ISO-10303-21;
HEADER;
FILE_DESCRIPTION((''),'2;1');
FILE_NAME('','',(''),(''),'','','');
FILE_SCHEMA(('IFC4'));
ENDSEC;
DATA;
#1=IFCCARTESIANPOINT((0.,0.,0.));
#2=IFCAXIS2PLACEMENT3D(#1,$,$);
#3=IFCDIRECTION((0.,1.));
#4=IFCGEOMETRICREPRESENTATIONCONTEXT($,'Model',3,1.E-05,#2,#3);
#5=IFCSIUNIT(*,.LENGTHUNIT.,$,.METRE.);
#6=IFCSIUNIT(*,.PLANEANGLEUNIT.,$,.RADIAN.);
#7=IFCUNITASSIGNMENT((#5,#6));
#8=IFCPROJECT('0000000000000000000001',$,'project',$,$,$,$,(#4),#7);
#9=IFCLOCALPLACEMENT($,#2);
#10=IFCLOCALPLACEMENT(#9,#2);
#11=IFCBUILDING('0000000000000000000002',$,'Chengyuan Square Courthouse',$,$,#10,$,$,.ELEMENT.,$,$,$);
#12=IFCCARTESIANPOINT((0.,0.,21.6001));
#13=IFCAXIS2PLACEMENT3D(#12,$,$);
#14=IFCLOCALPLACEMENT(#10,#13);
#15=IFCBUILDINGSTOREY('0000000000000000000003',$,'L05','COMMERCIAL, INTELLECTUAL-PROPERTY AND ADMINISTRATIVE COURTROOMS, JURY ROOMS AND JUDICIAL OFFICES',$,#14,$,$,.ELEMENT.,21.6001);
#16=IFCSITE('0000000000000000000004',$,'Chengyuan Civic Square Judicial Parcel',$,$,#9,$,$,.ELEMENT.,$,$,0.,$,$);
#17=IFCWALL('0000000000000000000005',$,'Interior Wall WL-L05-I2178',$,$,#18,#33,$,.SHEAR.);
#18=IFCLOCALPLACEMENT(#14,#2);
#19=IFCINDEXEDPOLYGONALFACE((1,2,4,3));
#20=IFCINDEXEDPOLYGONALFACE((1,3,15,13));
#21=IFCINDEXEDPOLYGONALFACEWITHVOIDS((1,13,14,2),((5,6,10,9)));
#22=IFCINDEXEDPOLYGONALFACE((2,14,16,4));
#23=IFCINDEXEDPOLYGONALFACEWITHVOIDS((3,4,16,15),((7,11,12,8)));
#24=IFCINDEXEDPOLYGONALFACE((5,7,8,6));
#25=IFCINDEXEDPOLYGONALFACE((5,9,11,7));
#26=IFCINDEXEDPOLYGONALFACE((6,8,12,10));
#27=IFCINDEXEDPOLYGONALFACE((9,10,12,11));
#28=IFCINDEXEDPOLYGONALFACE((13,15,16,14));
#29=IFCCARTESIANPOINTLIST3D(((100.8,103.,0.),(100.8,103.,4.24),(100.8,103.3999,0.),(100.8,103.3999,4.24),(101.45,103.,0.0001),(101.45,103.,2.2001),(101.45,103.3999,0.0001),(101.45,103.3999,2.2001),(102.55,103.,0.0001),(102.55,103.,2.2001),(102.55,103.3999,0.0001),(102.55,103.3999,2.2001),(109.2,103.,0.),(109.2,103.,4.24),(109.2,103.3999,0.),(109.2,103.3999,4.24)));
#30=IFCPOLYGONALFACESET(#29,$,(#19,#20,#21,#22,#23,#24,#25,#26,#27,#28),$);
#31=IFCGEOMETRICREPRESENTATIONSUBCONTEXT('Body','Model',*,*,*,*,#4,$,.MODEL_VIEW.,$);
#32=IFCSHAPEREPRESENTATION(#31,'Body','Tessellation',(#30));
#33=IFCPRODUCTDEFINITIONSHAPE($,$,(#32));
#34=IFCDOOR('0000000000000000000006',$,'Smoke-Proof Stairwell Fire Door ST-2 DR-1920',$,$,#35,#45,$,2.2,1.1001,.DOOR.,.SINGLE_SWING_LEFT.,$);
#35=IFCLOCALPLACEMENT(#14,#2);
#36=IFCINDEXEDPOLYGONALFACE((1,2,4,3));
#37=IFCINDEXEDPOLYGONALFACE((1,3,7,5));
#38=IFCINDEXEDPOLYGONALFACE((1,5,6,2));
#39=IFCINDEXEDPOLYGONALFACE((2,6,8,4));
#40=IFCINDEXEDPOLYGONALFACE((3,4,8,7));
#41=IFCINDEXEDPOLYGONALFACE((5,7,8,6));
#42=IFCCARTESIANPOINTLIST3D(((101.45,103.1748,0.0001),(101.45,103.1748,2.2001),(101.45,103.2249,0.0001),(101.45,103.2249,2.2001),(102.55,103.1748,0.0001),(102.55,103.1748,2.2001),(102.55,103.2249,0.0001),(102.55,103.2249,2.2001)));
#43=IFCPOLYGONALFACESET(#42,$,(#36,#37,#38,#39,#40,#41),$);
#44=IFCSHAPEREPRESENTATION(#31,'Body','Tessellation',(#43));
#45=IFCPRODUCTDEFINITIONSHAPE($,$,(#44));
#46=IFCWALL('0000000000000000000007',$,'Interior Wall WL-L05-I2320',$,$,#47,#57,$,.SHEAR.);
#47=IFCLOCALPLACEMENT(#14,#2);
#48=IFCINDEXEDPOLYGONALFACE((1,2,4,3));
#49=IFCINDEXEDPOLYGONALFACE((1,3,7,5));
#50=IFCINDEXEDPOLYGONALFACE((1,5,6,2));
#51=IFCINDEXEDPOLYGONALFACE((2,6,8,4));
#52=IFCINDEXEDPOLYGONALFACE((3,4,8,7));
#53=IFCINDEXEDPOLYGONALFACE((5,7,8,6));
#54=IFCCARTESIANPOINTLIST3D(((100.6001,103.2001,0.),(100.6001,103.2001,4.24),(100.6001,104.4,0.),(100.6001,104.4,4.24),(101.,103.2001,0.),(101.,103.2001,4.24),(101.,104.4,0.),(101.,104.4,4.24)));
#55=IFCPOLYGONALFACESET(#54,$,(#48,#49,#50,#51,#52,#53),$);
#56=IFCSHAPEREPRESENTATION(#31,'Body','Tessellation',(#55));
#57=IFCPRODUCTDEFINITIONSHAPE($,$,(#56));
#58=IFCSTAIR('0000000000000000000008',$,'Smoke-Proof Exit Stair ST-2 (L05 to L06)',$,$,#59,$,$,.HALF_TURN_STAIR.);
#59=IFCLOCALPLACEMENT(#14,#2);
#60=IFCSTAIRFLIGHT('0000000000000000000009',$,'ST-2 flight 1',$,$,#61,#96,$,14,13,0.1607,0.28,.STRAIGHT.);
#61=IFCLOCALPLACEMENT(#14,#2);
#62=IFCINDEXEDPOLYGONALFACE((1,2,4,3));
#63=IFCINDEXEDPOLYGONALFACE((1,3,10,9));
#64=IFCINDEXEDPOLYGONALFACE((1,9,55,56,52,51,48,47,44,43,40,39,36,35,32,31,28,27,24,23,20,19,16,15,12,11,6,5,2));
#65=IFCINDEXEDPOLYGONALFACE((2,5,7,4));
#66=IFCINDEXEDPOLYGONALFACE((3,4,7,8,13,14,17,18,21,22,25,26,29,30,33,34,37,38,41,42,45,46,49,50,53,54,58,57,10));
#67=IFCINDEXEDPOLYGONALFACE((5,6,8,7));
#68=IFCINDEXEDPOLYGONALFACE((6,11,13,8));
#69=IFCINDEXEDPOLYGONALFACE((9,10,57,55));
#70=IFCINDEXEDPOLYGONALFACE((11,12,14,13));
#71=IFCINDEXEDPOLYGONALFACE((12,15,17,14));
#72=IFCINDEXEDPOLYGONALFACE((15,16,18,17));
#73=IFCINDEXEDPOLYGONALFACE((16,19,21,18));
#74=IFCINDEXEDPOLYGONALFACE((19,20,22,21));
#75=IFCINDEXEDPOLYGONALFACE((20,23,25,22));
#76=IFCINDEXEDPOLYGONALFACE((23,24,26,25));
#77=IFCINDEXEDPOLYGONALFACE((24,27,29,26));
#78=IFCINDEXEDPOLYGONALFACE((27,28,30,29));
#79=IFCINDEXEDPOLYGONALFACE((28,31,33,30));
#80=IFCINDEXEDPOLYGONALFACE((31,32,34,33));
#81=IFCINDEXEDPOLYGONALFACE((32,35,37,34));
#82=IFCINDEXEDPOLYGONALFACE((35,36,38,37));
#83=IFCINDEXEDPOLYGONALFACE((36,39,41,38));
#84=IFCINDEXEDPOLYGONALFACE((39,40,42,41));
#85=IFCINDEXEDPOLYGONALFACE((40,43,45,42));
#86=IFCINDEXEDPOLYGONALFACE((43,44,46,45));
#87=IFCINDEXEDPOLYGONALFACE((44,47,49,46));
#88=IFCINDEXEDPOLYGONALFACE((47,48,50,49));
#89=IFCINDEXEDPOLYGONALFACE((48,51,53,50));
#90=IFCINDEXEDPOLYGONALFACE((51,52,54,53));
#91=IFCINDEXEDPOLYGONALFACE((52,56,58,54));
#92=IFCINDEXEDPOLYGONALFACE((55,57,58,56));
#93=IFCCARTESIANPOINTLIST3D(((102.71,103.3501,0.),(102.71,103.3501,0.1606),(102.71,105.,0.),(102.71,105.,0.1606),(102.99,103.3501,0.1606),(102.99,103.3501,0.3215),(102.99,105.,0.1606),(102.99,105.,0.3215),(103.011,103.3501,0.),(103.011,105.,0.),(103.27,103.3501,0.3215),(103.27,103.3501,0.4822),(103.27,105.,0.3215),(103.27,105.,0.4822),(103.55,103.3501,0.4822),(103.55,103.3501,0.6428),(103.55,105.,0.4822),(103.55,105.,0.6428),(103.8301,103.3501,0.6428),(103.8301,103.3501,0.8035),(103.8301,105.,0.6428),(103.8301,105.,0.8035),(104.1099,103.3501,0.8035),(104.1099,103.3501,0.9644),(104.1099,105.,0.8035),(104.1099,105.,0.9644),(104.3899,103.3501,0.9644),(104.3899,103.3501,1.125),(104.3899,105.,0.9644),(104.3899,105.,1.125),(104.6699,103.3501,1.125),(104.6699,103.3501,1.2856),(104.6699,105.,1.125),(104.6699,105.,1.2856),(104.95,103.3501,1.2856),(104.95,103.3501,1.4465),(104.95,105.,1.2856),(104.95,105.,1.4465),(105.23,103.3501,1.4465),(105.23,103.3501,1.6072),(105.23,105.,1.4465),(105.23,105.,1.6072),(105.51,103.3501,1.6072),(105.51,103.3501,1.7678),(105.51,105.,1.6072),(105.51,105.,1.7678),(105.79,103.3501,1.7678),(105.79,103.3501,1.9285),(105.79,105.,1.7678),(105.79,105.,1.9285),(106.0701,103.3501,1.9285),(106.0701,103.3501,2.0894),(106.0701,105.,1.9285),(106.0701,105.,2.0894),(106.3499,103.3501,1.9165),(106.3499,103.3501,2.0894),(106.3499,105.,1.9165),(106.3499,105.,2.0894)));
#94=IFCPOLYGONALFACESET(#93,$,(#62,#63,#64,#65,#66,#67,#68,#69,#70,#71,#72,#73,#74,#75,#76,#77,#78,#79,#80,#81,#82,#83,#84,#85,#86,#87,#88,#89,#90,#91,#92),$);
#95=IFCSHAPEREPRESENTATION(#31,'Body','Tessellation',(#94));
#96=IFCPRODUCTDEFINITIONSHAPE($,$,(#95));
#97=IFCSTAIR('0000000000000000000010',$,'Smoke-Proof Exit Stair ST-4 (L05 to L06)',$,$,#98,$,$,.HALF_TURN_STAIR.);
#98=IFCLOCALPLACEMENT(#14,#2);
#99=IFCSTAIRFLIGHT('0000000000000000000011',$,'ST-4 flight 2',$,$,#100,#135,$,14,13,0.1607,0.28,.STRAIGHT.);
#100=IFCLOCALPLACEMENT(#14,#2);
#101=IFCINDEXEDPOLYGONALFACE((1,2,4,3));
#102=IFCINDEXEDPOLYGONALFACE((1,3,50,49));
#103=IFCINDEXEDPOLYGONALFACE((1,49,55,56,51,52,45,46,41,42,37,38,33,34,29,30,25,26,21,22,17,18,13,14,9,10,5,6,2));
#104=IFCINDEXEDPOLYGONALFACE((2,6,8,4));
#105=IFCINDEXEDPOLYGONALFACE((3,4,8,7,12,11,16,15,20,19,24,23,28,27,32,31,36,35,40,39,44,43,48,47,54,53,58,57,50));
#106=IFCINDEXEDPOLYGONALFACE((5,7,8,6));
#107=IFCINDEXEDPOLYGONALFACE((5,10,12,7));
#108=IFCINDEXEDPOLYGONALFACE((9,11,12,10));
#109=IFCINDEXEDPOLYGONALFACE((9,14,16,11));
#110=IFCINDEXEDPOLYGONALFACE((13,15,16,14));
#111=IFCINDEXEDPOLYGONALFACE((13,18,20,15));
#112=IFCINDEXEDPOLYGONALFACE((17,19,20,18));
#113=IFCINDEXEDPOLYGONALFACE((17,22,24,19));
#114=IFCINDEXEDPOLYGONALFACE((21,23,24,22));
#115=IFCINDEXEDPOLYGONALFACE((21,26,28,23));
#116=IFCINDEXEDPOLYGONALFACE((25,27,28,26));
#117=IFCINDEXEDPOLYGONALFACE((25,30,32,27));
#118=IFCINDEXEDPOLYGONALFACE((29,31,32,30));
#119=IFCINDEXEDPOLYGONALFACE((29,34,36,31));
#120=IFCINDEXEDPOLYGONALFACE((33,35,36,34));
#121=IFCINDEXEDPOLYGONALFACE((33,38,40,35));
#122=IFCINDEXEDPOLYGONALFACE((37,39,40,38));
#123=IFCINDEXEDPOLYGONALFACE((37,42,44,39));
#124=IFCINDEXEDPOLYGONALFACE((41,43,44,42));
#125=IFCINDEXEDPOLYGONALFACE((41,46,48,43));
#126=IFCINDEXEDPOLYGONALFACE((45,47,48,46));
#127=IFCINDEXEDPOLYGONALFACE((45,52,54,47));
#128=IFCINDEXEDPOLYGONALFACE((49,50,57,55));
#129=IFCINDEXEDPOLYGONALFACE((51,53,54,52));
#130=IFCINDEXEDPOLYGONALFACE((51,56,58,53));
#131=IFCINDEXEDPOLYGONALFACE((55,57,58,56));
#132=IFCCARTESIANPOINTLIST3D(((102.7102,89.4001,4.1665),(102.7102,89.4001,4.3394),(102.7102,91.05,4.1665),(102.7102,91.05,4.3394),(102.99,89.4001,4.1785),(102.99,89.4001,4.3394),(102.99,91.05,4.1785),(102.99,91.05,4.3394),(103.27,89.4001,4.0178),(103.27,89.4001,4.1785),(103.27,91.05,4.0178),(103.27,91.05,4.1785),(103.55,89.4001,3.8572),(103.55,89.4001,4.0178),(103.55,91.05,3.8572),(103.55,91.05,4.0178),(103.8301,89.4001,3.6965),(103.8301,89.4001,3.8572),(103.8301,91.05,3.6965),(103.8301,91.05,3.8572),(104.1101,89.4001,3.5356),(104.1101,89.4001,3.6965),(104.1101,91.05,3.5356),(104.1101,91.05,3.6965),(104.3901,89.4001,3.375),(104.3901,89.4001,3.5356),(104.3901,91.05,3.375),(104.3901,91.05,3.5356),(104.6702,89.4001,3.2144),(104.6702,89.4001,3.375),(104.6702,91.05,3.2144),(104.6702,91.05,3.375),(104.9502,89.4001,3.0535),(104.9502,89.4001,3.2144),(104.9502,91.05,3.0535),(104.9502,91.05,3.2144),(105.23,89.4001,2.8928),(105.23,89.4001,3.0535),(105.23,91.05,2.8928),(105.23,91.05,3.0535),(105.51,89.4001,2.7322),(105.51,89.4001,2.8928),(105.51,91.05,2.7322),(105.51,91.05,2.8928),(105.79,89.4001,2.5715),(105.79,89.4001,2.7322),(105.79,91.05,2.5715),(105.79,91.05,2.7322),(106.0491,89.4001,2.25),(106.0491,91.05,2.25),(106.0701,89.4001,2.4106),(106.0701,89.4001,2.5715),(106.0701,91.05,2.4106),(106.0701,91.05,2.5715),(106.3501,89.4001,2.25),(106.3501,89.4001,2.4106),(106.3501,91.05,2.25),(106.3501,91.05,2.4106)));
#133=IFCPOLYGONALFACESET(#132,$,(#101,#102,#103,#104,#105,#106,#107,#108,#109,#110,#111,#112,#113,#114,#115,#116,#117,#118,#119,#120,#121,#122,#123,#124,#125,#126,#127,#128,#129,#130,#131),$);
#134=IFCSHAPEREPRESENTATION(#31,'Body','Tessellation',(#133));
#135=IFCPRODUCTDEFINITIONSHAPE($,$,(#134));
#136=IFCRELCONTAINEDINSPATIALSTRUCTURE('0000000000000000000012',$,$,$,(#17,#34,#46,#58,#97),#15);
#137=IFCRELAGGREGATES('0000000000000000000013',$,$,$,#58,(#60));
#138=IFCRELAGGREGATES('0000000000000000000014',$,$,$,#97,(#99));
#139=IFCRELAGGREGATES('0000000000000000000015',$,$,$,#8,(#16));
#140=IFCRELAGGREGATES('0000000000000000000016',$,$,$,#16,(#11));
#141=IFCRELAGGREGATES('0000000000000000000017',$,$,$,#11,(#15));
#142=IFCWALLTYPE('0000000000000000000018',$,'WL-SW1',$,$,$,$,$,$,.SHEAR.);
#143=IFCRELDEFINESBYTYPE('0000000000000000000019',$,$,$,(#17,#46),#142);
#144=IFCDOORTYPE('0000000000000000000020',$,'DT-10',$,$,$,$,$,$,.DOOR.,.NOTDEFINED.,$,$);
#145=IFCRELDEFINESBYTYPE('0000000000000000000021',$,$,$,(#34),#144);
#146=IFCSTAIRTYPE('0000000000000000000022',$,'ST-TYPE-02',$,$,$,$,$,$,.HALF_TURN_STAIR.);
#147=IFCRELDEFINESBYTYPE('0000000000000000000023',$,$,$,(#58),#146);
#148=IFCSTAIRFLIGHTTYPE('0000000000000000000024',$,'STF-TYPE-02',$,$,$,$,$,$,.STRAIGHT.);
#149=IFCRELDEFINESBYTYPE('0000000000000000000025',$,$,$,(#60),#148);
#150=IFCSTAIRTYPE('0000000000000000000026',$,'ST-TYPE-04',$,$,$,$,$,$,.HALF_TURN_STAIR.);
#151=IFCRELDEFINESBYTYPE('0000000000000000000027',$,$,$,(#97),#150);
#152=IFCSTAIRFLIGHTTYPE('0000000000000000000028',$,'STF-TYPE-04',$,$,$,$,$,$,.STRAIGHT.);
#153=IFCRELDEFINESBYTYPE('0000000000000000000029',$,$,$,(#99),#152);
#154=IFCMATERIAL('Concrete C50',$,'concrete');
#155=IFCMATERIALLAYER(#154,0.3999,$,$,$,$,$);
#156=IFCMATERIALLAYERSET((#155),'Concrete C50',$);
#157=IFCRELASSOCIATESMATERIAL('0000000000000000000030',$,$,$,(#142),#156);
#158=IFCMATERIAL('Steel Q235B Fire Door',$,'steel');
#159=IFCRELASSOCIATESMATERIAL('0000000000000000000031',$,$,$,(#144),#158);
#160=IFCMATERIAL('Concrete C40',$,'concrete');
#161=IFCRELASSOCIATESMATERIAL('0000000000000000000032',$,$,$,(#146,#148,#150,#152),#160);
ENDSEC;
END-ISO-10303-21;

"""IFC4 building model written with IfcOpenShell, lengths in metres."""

from ifc_helpers import new_model, si_unit, direction, frame, frame_2d, origin, place, context, subcontext, project, spatial, polyline, rectangle, outline, extrude, material, layer, layer_set, type_object, element, fill, aggregate, save


model = new_model("IFC4")

# Units and contexts
model_context = context("Model", 3, precision=1e-05, world=origin(), true_north=direction((0.0, 1.0)))
body_context = subcontext(model_context, "Body", "Model", "MODEL_VIEW")
ifc_project = project(units=[si_unit("LENGTHUNIT", "METRE"), si_unit("PLANEANGLEUNIT", "RADIAN")], contexts=[model_context])

# Site, building, storey
site_placement = place(None, origin())
site = spatial("IfcSite", under=ifc_project, at=site_placement, Name="Chengyuan Civic Square Judicial Parcel", CompositionType="ELEMENT", RefElevation=0.0)
building_placement = place(site_placement, origin())
building = spatial("IfcBuilding", under=site, at=building_placement, Name="Chengyuan Square Courthouse", CompositionType="ELEMENT")
storey_placement = place(building_placement, frame((0.0, 0.0, 21.6001)))
storey = spatial("IfcBuildingStorey", under=building, at=storey_placement, Name="L05", Description="COMMERCIAL, INTELLECTUAL-PROPERTY AND ADMINISTRATIVE COURTROOMS, JURY ROOMS AND JUDICIAL OFFICES", CompositionType="ELEMENT", Elevation=21.6001)

# Shared definitions
ifc_material_1 = material(Name="Concrete C50", Category="concrete")

# Shared definitions
ifc_material_2 = material(Name="Concrete C40", Category="concrete")

# Shared definitions
ifc_material_3 = material(Name="Steel Q235B Fire Door", Category="steel")

# Wall, opening, door
ifc_layer_1 = layer(ifc_material_1, 0.3999)
ifc_layer_set_1 = layer_set([ifc_layer_1], Name="Concrete C50")
wall_type_1 = type_object("IfcWallType", Name="WL-SW1", PredefinedType="SHEAR", material=ifc_layer_set_1)
wall_1_placement = place(storey_placement, frame((100.8, 103.2, 0.0), z_axis=(0.0, 0.0, 1.0), x_axis=(1.0, 0.0, 0.0)))
wall_1 = element("IfcWall", 1, at=wall_1_placement, inside=storey, type_object=wall_type_1, Name="Interior Wall WL-L05-I2178", PredefinedType="SHEAR", context=body_context, shape_type="SweptSolid", body=[
    extrude(rectangle(XDim=8.3999, YDim=0.3999, at=frame_2d((4.2, 0.0))), origin(), (0.0, 0.0, 1.0), 4.24),
])
opening_1_placement = place(wall_1_placement, frame((0.6499, 0.0, 0.0)))
opening_1 = element("IfcOpeningElement", 2, at=opening_1_placement, cuts=wall_1, PredefinedType="OPENING", context=body_context, shape_type="SweptSolid", body=[
    extrude(rectangle(XDim=1.1001, YDim=2.2, at=frame_2d((0.55, 1.1001))), frame((0.0, 0.2119, 0.0), z_axis=(0.0, -1.0, 0.0), x_axis=(1.0, 0.0, 0.0)), (0.0, 0.0, 1.0), 0.4238),
])
door_type_1 = type_object("IfcDoorType", Name="DT-10", OperationType="NOTDEFINED", PredefinedType="DOOR", material=ifc_material_3)
door_1_placement = place(opening_1_placement, origin())
door_1 = element("IfcDoor", 3, at=door_1_placement, inside=storey, type_object=door_type_1, Name="Smoke-Proof Stairwell Fire Door ST-2 DR-1920", OperationType="SINGLE_SWING_LEFT", OverallHeight=2.2, OverallWidth=1.1001, PredefinedType="DOOR", context=body_context, shape_type="SweptSolid", body=[
    extrude(rectangle(XDim=1.1001, YDim=2.2, at=frame_2d((0.55, 1.1001))), frame((0.0, 0.0249, 0.0), z_axis=(0.0, -1.0, 0.0), x_axis=(1.0, 0.0, 0.0)), (0.0, 0.0, 1.0), 0.05),
])
fill(opening_1, door_1)

# Wall
wall_2_placement = place(storey_placement, frame((100.8, 103.2, 0.0), z_axis=(0.0, 0.0, 1.0), x_axis=(0.0, 1.0, 0.0)))
element("IfcWall", 4, at=wall_2_placement, inside=storey, type_object=wall_type_1, Name="Interior Wall WL-L05-I2320", PredefinedType="SHEAR", context=body_context, shape_type="SweptSolid", body=[
    extrude(rectangle(XDim=1.2, YDim=0.3999, at=frame_2d((0.6001, 0.0))), origin(), (0.0, 0.0, 1.0), 4.24),
])

# Stairs, stair flights
stair_type_1 = type_object("IfcStairType", Name="ST-TYPE-02", PredefinedType="HALF_TURN_STAIR", material=ifc_material_2)
stair_1_placement = place(storey_placement, origin())
stair_1 = element("IfcStair", 5, at=stair_1_placement, inside=storey, type_object=stair_type_1, Name="Smoke-Proof Exit Stair ST-2 (L05 to L06)", PredefinedType="HALF_TURN_STAIR")
stair_flight_type_1 = type_object("IfcStairFlightType", Name="STF-TYPE-02", PredefinedType="STRAIGHT", material=ifc_material_2)
stair_flight_1_placement = place(storey_placement, frame((102.71, 104.175, 0.0), z_axis=(0.0, 0.0, 1.0), x_axis=(1.0, 0.0, 0.0)))
stair_flight_1 = element("IfcStairFlight", 6, at=stair_flight_1_placement, type_object=stair_flight_type_1, Name="ST-2 flight 1", NumberOfRisers=14, NumberOfTreads=13, PredefinedType="STRAIGHT", RiserHeight=0.1607, TreadLength=0.28, context=body_context, shape_type="SweptSolid", body=[
    extrude(outline(polyline([(0.0, 0.0), (0.0, 0.1606), (0.28, 0.1606), (0.28, 0.3215), (0.5601, 0.3215), (0.5601, 0.4822), (0.8401, 0.4822), (0.8401, 0.6428), (1.1201, 0.6428), (1.1201, 0.8035), (1.3999, 0.8035), (1.3999, 0.9644), (1.6799, 0.9644), (1.6799, 1.125), (1.96, 1.125), (1.96, 1.2856), (2.24, 1.2856), (2.24, 1.4465), (2.52, 1.4465), (2.52, 1.6072), (2.8, 1.6072), (2.8, 1.7678), (3.0801, 1.7678), (3.0801, 1.9285), (3.3601, 1.9285), (3.3601, 2.0894), (3.6399, 2.0894), (3.6399, 2.25), (3.6399, 1.9165), (0.301, 0.0), (0.0, 0.0)])), frame((0.0, 0.825, 0.0), z_axis=(0.0, -1.0, 0.0), x_axis=(1.0, 0.0, 0.0)), (0.0, 0.0, 1.0), 1.6499),
])
aggregate(stair_1, [stair_flight_1])
stair_type_2 = type_object("IfcStairType", Name="ST-TYPE-04", PredefinedType="HALF_TURN_STAIR", material=ifc_material_2)
stair_2_placement = place(storey_placement, origin())
stair_2 = element("IfcStair", 7, at=stair_2_placement, inside=storey, type_object=stair_type_2, Name="Smoke-Proof Exit Stair ST-4 (L05 to L06)", PredefinedType="HALF_TURN_STAIR")
stair_flight_type_2 = type_object("IfcStairFlightType", Name="STF-TYPE-04", PredefinedType="STRAIGHT", material=ifc_material_2)
stair_flight_2_placement = place(storey_placement, frame((106.3501, 90.2251, 2.25), z_axis=(0.0, 0.0, 1.0), x_axis=(-1.0, 0.0, 0.0)))
stair_flight_2 = element("IfcStairFlight", 8, at=stair_flight_2_placement, type_object=stair_flight_type_2, Name="ST-4 flight 2", NumberOfRisers=14, NumberOfTreads=13, PredefinedType="STRAIGHT", RiserHeight=0.1607, TreadLength=0.28, context=body_context, shape_type="SweptSolid", body=[
    extrude(outline(polyline([(0.0, 0.0), (0.0, 0.1606), (0.28, 0.1606), (0.28, 0.3215), (0.5601, 0.3215), (0.5601, 0.4822), (0.8401, 0.4822), (0.8401, 0.6428), (1.1201, 0.6428), (1.1201, 0.8035), (1.3999, 0.8035), (1.3999, 0.9644), (1.6799, 0.9644), (1.6799, 1.125), (1.96, 1.125), (1.96, 1.2856), (2.24, 1.2856), (2.24, 1.4465), (2.52, 1.4465), (2.52, 1.6072), (2.8, 1.6072), (2.8, 1.7678), (3.0801, 1.7678), (3.0801, 1.9285), (3.3601, 1.9285), (3.3601, 2.0894), (3.6399, 2.0894), (3.6399, 2.25), (3.6399, 1.9165), (0.301, 0.0), (0.0, 0.0)])), frame((0.0, 0.825, 0.0), z_axis=(0.0, -1.0, 0.0), x_axis=(1.0, 0.0, 0.0)), (0.0, 0.0, 1.0), 1.6499),
])
aggregate(stair_2, [stair_flight_2])

save(model, "model.ifc")
